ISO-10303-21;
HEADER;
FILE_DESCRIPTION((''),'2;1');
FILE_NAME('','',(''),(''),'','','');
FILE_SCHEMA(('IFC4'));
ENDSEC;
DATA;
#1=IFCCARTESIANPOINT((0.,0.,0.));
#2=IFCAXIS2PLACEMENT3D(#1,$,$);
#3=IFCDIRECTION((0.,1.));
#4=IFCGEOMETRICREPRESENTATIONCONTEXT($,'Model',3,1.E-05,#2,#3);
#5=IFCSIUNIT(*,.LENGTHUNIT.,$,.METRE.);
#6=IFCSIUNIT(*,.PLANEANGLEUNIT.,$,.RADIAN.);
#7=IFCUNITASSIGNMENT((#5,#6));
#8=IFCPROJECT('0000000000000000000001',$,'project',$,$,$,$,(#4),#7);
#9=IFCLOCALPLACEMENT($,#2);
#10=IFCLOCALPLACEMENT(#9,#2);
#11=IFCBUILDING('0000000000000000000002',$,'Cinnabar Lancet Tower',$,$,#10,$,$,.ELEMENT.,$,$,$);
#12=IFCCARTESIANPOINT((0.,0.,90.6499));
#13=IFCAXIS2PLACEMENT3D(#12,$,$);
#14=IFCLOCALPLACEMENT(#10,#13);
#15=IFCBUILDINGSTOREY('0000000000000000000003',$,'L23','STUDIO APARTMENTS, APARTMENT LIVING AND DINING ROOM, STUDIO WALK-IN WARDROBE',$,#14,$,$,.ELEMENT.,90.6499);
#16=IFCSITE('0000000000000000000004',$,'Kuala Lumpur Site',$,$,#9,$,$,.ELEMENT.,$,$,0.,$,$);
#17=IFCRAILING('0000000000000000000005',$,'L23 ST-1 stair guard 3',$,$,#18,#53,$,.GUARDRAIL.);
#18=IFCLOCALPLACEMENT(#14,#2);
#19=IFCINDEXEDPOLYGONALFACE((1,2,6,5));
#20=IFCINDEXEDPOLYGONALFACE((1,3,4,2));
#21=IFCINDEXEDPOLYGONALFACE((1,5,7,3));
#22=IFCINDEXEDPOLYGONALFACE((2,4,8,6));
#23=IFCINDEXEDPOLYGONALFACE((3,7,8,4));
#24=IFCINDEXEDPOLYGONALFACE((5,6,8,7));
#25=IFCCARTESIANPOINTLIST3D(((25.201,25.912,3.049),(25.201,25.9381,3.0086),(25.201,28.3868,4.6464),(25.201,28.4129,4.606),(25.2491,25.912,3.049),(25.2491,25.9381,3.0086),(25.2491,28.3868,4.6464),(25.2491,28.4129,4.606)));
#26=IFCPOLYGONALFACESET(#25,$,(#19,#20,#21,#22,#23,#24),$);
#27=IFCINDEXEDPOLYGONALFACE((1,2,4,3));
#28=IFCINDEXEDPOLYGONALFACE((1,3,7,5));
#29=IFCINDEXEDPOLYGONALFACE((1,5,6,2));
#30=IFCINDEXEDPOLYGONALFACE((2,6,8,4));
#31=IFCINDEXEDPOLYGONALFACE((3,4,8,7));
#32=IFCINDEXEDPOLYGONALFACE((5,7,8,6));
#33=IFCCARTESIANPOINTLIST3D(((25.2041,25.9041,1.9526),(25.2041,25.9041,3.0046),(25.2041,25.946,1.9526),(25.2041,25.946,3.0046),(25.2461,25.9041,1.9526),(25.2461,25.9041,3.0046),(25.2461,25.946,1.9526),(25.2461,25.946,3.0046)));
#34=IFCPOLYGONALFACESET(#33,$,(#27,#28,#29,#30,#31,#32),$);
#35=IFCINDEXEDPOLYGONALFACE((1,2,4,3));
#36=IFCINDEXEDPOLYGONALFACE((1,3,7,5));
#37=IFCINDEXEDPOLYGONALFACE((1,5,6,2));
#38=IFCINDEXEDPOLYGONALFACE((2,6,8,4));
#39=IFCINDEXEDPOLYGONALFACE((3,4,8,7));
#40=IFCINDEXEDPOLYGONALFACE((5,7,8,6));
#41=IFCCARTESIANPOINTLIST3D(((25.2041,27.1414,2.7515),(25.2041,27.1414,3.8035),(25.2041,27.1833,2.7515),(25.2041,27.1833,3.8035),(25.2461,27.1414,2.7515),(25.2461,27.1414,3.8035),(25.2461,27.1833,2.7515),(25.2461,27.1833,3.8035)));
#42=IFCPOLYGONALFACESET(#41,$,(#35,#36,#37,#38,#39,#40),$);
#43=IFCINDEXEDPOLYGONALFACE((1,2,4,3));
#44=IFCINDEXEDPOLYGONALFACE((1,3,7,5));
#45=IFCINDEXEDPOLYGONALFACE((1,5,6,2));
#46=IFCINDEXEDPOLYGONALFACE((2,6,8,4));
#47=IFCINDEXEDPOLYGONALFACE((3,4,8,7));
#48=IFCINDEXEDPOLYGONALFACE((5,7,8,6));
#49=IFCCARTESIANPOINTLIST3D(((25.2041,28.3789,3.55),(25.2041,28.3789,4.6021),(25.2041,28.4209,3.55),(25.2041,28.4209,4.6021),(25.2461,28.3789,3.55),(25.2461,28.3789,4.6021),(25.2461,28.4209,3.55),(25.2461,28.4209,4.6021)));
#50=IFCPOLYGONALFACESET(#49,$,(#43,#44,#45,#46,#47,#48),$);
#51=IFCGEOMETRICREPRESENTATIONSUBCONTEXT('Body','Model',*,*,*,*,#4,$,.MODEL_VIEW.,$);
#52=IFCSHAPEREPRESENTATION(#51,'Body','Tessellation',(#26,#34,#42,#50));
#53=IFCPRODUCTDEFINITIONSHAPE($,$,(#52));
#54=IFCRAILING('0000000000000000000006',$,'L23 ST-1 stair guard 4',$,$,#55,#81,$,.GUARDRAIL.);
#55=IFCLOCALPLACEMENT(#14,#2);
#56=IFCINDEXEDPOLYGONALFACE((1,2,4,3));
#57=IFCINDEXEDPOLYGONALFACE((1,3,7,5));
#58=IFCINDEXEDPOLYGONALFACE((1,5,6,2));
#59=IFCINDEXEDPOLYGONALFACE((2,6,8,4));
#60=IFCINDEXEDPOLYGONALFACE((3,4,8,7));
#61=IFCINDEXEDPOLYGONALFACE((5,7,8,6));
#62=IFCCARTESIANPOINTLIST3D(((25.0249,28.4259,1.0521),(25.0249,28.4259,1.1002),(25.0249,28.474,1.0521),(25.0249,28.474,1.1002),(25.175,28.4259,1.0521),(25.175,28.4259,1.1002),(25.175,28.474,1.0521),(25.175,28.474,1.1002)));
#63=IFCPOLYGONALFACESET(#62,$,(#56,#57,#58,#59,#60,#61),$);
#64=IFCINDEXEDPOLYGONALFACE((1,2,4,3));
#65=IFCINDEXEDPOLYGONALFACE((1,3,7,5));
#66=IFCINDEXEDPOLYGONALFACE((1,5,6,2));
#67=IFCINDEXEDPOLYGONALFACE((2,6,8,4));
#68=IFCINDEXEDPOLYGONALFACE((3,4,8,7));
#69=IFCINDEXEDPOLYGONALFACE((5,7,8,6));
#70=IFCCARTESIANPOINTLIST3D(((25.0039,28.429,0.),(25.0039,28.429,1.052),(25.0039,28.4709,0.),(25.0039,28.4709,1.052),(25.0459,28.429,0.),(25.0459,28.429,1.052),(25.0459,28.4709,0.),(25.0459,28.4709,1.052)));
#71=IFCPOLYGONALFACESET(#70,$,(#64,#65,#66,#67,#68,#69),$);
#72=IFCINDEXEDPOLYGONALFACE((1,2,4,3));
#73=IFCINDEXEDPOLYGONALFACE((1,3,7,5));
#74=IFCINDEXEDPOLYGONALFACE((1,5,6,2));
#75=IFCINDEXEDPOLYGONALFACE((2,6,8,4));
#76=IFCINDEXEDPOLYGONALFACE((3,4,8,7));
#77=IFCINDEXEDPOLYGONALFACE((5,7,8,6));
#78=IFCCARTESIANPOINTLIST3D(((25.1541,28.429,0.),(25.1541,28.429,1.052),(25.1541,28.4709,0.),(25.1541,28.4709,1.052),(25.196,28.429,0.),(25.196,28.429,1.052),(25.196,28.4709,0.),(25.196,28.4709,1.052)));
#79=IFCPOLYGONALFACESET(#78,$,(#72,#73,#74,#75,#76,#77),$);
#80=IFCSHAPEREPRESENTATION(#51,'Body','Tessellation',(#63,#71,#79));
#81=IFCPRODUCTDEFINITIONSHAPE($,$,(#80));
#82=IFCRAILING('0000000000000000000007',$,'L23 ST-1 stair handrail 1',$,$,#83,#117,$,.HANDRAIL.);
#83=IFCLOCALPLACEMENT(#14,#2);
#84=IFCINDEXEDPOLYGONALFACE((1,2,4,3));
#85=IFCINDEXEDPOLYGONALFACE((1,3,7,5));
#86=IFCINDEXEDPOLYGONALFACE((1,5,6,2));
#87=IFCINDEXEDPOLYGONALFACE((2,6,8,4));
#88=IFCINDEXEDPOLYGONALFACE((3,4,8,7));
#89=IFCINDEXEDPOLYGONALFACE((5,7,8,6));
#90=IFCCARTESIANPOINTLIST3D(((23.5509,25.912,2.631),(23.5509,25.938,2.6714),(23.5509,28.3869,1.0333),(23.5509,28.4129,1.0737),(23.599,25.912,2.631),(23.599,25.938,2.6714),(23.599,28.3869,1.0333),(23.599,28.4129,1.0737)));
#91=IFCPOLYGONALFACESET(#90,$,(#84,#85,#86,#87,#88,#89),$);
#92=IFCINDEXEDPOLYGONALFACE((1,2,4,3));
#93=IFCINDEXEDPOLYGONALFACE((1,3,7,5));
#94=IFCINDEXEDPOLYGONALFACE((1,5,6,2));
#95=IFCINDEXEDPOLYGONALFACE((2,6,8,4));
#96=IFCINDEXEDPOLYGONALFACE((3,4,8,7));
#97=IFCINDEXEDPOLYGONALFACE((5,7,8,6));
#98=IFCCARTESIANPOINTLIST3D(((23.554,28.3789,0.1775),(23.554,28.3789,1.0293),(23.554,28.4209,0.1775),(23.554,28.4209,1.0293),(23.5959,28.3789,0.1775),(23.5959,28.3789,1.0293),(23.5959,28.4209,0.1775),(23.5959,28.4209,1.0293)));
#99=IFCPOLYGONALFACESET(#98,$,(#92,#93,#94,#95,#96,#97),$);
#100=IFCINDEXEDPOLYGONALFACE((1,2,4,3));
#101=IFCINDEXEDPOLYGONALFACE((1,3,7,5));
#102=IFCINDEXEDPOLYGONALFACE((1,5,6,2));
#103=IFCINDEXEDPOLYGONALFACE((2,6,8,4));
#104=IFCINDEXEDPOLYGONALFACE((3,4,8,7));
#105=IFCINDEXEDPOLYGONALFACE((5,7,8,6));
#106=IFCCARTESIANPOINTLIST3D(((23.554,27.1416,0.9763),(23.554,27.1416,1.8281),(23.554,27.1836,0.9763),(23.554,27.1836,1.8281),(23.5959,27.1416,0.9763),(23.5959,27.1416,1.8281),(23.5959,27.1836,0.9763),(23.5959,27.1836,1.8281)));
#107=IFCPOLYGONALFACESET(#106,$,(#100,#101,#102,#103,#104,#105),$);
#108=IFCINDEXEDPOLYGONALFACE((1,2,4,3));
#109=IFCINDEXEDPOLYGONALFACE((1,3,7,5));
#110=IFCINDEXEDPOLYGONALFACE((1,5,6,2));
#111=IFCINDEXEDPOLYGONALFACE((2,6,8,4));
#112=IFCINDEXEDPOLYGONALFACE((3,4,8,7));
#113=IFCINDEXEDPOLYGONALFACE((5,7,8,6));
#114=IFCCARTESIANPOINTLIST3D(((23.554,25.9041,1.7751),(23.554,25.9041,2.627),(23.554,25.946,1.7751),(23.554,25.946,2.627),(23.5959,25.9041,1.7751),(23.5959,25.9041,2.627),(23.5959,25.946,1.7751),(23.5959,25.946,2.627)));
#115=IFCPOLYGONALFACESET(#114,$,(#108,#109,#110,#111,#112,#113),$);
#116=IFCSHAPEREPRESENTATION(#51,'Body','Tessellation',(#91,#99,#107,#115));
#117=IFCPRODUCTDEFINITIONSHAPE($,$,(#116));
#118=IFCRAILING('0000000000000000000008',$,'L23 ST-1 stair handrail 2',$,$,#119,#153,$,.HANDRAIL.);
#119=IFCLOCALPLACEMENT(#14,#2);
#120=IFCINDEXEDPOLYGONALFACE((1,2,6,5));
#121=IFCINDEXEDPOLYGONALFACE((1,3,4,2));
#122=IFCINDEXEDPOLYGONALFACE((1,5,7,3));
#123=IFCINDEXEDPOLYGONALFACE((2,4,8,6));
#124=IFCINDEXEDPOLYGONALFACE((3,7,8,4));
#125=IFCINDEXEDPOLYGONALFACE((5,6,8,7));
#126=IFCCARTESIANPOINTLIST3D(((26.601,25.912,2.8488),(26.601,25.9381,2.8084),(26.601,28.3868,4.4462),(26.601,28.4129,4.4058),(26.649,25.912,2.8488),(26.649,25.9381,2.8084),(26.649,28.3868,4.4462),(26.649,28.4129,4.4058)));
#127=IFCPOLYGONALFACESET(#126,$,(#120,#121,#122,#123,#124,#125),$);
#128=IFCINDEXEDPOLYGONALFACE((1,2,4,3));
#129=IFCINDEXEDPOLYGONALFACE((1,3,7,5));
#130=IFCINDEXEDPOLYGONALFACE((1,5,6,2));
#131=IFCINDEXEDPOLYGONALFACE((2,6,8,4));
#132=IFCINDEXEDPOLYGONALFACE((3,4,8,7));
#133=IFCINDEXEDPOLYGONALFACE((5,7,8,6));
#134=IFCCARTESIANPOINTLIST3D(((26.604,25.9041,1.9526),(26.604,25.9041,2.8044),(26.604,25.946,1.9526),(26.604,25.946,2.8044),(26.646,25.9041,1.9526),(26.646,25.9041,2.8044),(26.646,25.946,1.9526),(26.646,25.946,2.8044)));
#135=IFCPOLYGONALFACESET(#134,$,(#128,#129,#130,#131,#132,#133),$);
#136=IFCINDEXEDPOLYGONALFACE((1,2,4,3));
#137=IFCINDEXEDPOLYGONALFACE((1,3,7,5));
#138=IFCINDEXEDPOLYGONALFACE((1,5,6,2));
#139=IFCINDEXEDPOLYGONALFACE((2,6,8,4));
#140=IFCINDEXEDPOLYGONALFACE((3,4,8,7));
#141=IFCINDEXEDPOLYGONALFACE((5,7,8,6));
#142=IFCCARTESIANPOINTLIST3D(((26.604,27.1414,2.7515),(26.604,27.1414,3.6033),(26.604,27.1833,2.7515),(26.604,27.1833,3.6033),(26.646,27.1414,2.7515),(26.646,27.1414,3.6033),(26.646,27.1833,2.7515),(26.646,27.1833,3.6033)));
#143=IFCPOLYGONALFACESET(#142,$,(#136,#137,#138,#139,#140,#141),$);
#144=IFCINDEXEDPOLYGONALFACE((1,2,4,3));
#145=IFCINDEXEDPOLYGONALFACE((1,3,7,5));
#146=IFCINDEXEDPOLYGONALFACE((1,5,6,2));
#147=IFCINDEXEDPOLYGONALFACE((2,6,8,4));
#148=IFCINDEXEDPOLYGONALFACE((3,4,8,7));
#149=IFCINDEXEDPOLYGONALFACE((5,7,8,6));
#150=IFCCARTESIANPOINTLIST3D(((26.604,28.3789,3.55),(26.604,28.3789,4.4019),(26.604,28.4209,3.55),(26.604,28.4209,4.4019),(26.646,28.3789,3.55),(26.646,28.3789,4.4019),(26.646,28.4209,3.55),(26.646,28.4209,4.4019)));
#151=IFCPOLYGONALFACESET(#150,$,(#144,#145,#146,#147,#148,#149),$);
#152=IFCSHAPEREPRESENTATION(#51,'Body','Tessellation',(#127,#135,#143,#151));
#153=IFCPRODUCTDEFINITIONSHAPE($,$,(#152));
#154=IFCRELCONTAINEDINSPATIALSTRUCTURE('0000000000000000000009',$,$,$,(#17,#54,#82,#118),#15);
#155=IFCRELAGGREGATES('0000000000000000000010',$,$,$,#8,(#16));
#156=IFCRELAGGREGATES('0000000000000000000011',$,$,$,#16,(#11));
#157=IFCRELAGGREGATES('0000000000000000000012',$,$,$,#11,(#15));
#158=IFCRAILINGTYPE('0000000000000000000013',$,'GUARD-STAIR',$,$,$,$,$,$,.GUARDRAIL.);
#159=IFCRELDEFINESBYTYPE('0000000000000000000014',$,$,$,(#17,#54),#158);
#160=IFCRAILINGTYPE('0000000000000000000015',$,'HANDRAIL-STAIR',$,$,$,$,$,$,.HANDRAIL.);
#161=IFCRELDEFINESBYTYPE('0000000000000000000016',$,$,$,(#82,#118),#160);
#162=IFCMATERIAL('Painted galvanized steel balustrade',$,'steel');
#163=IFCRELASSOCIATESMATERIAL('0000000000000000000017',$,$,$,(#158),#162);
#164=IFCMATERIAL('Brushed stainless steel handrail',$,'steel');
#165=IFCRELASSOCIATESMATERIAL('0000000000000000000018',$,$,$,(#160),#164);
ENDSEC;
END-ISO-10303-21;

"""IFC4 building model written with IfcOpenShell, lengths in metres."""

from ifc_helpers import new_model, si_unit, direction, frame, origin, origin_2d, place, context, subcontext, project, spatial, rectangle, extrude, material, type_object, element, save


model = new_model("IFC4")

# Units and contexts
model_context = context("Model", 3, precision=1e-05, world=origin(), true_north=direction((0.0, 1.0)))
body_context = subcontext(model_context, "Body", "Model", "MODEL_VIEW")
ifc_project = project(units=[si_unit("LENGTHUNIT", "METRE"), si_unit("PLANEANGLEUNIT", "RADIAN")], contexts=[model_context])

# Site, building, storey
site_placement = place(None, origin())
site = spatial("IfcSite", under=ifc_project, at=site_placement, Name="Kuala Lumpur Site", CompositionType="ELEMENT", RefElevation=0.0)
building_placement = place(site_placement, origin())
building = spatial("IfcBuilding", under=site, at=building_placement, Name="Cinnabar Lancet Tower", CompositionType="ELEMENT")
storey_placement = place(building_placement, frame((0.0, 0.0, 90.6499)))
storey = spatial("IfcBuildingStorey", under=building, at=storey_placement, Name="L23", Description="STUDIO APARTMENTS, APARTMENT LIVING AND DINING ROOM, STUDIO WALK-IN WARDROBE", CompositionType="ELEMENT", Elevation=90.6499)

# Railings
ifc_material_1 = material(Name="Painted galvanized steel balustrade", Category="steel")
railing_type_1 = type_object("IfcRailingType", Name="GUARD-STAIR", PredefinedType="GUARDRAIL", material=ifc_material_1)
railing_1_placement = place(storey_placement, frame((25.2251, 25.925, 1.9526)))
element("IfcRailing", 1, at=railing_1_placement, inside=storey, type_object=railing_type_1, Name="L23 ST-1 stair guard 3", PredefinedType="GUARDRAIL", context=body_context, shape_type="SweptSolid", body=[
    extrude(rectangle(XDim=0.0481, YDim=0.0481, at=origin_2d()), frame((0.0, 0.0, 1.0762), z_axis=(0.0, 0.840183, 0.542302), x_axis=(-1.0, 0.0, 0.0)), (0.0, 0.0, 1.0), 2.9456),
    extrude(rectangle(XDim=0.042, YDim=0.042, at=origin_2d()), origin(), (0.0, 0.0, 1.0), 1.052),
    extrude(rectangle(XDim=0.042, YDim=0.042, at=origin_2d()), frame((0.0, 1.2373, 0.7988)), (0.0, 0.0, 1.0), 1.052),
    extrude(rectangle(XDim=0.042, YDim=0.042, at=origin_2d()), frame((0.0, 2.4749, 1.5974)), (0.0, 0.0, 1.0), 1.052),
])
railing_2_placement = place(storey_placement, frame((25.0249, 28.45, 0.0)))
element("IfcRailing", 2, at=railing_2_placement, inside=storey, type_object=railing_type_1, Name="L23 ST-1 stair guard 4", PredefinedType="GUARDRAIL", context=body_context, shape_type="SweptSolid", body=[
    extrude(rectangle(XDim=0.0481, YDim=0.0481, at=origin_2d()), frame((0.0, 0.0, 1.0762), z_axis=(1.0, 0.0, 0.0), x_axis=(0.0, 1.0, 0.0)), (0.0, 0.0, 1.0), 0.1501),
    extrude(rectangle(XDim=0.042, YDim=0.042, at=origin_2d()), origin(), (0.0, 0.0, 1.0), 1.052),
    extrude(rectangle(XDim=0.042, YDim=0.042, at=origin_2d()), frame((0.1501, 0.0, 0.0)), (0.0, 0.0, 1.0), 1.052),
])
ifc_material_2 = material(Name="Brushed stainless steel handrail", Category="steel")
railing_type_2 = type_object("IfcRailingType", Name="HANDRAIL-STAIR", PredefinedType="HANDRAIL", material=ifc_material_2)
railing_3_placement = place(storey_placement, frame((23.575, 28.3999, 0.1775)))
element("IfcRailing", 3, at=railing_3_placement, inside=storey, type_object=railing_type_2, Name="L23 ST-1 stair handrail 1", PredefinedType="HANDRAIL", context=body_context, shape_type="SweptSolid", body=[
    extrude(rectangle(XDim=0.0481, YDim=0.0481, at=origin_2d()), frame((0.0, 0.0, 0.876), z_axis=(0.0, -0.840146, 0.542361), x_axis=(1.0, 0.0, 0.0)), (0.0, 0.0, 1.0), 2.9458),
    extrude(rectangle(XDim=0.042, YDim=0.042, at=origin_2d()), origin(), (0.0, 0.0, 1.0), 0.8518),
    extrude(rectangle(XDim=0.042, YDim=0.042, at=origin_2d()), frame((0.0, -1.2373, 0.7988)), (0.0, 0.0, 1.0), 0.8518),
    extrude(rectangle(XDim=0.042, YDim=0.042, at=origin_2d()), frame((0.0, -2.4749, 1.5977)), (0.0, 0.0, 1.0), 0.8518),
])
railing_4_placement = place(storey_placement, frame((26.625, 25.925, 1.9526)))
element("IfcRailing", 4, at=railing_4_placement, inside=storey, type_object=railing_type_2, Name="L23 ST-1 stair handrail 2", PredefinedType="HANDRAIL", context=body_context, shape_type="SweptSolid", body=[
    extrude(rectangle(XDim=0.0481, YDim=0.0481, at=origin_2d()), frame((0.0, 0.0, 0.876), z_axis=(0.0, 0.840183, 0.542302), x_axis=(-1.0, 0.0, 0.0)), (0.0, 0.0, 1.0), 2.9456),
    extrude(rectangle(XDim=0.042, YDim=0.042, at=origin_2d()), origin(), (0.0, 0.0, 1.0), 0.8518),
    extrude(rectangle(XDim=0.042, YDim=0.042, at=origin_2d()), frame((0.0, 1.2373, 0.7988)), (0.0, 0.0, 1.0), 0.8518),
    extrude(rectangle(XDim=0.042, YDim=0.042, at=origin_2d()), frame((0.0, 2.4749, 1.5974)), (0.0, 0.0, 1.0), 0.8518),
])

save(model, "model.ifc")
